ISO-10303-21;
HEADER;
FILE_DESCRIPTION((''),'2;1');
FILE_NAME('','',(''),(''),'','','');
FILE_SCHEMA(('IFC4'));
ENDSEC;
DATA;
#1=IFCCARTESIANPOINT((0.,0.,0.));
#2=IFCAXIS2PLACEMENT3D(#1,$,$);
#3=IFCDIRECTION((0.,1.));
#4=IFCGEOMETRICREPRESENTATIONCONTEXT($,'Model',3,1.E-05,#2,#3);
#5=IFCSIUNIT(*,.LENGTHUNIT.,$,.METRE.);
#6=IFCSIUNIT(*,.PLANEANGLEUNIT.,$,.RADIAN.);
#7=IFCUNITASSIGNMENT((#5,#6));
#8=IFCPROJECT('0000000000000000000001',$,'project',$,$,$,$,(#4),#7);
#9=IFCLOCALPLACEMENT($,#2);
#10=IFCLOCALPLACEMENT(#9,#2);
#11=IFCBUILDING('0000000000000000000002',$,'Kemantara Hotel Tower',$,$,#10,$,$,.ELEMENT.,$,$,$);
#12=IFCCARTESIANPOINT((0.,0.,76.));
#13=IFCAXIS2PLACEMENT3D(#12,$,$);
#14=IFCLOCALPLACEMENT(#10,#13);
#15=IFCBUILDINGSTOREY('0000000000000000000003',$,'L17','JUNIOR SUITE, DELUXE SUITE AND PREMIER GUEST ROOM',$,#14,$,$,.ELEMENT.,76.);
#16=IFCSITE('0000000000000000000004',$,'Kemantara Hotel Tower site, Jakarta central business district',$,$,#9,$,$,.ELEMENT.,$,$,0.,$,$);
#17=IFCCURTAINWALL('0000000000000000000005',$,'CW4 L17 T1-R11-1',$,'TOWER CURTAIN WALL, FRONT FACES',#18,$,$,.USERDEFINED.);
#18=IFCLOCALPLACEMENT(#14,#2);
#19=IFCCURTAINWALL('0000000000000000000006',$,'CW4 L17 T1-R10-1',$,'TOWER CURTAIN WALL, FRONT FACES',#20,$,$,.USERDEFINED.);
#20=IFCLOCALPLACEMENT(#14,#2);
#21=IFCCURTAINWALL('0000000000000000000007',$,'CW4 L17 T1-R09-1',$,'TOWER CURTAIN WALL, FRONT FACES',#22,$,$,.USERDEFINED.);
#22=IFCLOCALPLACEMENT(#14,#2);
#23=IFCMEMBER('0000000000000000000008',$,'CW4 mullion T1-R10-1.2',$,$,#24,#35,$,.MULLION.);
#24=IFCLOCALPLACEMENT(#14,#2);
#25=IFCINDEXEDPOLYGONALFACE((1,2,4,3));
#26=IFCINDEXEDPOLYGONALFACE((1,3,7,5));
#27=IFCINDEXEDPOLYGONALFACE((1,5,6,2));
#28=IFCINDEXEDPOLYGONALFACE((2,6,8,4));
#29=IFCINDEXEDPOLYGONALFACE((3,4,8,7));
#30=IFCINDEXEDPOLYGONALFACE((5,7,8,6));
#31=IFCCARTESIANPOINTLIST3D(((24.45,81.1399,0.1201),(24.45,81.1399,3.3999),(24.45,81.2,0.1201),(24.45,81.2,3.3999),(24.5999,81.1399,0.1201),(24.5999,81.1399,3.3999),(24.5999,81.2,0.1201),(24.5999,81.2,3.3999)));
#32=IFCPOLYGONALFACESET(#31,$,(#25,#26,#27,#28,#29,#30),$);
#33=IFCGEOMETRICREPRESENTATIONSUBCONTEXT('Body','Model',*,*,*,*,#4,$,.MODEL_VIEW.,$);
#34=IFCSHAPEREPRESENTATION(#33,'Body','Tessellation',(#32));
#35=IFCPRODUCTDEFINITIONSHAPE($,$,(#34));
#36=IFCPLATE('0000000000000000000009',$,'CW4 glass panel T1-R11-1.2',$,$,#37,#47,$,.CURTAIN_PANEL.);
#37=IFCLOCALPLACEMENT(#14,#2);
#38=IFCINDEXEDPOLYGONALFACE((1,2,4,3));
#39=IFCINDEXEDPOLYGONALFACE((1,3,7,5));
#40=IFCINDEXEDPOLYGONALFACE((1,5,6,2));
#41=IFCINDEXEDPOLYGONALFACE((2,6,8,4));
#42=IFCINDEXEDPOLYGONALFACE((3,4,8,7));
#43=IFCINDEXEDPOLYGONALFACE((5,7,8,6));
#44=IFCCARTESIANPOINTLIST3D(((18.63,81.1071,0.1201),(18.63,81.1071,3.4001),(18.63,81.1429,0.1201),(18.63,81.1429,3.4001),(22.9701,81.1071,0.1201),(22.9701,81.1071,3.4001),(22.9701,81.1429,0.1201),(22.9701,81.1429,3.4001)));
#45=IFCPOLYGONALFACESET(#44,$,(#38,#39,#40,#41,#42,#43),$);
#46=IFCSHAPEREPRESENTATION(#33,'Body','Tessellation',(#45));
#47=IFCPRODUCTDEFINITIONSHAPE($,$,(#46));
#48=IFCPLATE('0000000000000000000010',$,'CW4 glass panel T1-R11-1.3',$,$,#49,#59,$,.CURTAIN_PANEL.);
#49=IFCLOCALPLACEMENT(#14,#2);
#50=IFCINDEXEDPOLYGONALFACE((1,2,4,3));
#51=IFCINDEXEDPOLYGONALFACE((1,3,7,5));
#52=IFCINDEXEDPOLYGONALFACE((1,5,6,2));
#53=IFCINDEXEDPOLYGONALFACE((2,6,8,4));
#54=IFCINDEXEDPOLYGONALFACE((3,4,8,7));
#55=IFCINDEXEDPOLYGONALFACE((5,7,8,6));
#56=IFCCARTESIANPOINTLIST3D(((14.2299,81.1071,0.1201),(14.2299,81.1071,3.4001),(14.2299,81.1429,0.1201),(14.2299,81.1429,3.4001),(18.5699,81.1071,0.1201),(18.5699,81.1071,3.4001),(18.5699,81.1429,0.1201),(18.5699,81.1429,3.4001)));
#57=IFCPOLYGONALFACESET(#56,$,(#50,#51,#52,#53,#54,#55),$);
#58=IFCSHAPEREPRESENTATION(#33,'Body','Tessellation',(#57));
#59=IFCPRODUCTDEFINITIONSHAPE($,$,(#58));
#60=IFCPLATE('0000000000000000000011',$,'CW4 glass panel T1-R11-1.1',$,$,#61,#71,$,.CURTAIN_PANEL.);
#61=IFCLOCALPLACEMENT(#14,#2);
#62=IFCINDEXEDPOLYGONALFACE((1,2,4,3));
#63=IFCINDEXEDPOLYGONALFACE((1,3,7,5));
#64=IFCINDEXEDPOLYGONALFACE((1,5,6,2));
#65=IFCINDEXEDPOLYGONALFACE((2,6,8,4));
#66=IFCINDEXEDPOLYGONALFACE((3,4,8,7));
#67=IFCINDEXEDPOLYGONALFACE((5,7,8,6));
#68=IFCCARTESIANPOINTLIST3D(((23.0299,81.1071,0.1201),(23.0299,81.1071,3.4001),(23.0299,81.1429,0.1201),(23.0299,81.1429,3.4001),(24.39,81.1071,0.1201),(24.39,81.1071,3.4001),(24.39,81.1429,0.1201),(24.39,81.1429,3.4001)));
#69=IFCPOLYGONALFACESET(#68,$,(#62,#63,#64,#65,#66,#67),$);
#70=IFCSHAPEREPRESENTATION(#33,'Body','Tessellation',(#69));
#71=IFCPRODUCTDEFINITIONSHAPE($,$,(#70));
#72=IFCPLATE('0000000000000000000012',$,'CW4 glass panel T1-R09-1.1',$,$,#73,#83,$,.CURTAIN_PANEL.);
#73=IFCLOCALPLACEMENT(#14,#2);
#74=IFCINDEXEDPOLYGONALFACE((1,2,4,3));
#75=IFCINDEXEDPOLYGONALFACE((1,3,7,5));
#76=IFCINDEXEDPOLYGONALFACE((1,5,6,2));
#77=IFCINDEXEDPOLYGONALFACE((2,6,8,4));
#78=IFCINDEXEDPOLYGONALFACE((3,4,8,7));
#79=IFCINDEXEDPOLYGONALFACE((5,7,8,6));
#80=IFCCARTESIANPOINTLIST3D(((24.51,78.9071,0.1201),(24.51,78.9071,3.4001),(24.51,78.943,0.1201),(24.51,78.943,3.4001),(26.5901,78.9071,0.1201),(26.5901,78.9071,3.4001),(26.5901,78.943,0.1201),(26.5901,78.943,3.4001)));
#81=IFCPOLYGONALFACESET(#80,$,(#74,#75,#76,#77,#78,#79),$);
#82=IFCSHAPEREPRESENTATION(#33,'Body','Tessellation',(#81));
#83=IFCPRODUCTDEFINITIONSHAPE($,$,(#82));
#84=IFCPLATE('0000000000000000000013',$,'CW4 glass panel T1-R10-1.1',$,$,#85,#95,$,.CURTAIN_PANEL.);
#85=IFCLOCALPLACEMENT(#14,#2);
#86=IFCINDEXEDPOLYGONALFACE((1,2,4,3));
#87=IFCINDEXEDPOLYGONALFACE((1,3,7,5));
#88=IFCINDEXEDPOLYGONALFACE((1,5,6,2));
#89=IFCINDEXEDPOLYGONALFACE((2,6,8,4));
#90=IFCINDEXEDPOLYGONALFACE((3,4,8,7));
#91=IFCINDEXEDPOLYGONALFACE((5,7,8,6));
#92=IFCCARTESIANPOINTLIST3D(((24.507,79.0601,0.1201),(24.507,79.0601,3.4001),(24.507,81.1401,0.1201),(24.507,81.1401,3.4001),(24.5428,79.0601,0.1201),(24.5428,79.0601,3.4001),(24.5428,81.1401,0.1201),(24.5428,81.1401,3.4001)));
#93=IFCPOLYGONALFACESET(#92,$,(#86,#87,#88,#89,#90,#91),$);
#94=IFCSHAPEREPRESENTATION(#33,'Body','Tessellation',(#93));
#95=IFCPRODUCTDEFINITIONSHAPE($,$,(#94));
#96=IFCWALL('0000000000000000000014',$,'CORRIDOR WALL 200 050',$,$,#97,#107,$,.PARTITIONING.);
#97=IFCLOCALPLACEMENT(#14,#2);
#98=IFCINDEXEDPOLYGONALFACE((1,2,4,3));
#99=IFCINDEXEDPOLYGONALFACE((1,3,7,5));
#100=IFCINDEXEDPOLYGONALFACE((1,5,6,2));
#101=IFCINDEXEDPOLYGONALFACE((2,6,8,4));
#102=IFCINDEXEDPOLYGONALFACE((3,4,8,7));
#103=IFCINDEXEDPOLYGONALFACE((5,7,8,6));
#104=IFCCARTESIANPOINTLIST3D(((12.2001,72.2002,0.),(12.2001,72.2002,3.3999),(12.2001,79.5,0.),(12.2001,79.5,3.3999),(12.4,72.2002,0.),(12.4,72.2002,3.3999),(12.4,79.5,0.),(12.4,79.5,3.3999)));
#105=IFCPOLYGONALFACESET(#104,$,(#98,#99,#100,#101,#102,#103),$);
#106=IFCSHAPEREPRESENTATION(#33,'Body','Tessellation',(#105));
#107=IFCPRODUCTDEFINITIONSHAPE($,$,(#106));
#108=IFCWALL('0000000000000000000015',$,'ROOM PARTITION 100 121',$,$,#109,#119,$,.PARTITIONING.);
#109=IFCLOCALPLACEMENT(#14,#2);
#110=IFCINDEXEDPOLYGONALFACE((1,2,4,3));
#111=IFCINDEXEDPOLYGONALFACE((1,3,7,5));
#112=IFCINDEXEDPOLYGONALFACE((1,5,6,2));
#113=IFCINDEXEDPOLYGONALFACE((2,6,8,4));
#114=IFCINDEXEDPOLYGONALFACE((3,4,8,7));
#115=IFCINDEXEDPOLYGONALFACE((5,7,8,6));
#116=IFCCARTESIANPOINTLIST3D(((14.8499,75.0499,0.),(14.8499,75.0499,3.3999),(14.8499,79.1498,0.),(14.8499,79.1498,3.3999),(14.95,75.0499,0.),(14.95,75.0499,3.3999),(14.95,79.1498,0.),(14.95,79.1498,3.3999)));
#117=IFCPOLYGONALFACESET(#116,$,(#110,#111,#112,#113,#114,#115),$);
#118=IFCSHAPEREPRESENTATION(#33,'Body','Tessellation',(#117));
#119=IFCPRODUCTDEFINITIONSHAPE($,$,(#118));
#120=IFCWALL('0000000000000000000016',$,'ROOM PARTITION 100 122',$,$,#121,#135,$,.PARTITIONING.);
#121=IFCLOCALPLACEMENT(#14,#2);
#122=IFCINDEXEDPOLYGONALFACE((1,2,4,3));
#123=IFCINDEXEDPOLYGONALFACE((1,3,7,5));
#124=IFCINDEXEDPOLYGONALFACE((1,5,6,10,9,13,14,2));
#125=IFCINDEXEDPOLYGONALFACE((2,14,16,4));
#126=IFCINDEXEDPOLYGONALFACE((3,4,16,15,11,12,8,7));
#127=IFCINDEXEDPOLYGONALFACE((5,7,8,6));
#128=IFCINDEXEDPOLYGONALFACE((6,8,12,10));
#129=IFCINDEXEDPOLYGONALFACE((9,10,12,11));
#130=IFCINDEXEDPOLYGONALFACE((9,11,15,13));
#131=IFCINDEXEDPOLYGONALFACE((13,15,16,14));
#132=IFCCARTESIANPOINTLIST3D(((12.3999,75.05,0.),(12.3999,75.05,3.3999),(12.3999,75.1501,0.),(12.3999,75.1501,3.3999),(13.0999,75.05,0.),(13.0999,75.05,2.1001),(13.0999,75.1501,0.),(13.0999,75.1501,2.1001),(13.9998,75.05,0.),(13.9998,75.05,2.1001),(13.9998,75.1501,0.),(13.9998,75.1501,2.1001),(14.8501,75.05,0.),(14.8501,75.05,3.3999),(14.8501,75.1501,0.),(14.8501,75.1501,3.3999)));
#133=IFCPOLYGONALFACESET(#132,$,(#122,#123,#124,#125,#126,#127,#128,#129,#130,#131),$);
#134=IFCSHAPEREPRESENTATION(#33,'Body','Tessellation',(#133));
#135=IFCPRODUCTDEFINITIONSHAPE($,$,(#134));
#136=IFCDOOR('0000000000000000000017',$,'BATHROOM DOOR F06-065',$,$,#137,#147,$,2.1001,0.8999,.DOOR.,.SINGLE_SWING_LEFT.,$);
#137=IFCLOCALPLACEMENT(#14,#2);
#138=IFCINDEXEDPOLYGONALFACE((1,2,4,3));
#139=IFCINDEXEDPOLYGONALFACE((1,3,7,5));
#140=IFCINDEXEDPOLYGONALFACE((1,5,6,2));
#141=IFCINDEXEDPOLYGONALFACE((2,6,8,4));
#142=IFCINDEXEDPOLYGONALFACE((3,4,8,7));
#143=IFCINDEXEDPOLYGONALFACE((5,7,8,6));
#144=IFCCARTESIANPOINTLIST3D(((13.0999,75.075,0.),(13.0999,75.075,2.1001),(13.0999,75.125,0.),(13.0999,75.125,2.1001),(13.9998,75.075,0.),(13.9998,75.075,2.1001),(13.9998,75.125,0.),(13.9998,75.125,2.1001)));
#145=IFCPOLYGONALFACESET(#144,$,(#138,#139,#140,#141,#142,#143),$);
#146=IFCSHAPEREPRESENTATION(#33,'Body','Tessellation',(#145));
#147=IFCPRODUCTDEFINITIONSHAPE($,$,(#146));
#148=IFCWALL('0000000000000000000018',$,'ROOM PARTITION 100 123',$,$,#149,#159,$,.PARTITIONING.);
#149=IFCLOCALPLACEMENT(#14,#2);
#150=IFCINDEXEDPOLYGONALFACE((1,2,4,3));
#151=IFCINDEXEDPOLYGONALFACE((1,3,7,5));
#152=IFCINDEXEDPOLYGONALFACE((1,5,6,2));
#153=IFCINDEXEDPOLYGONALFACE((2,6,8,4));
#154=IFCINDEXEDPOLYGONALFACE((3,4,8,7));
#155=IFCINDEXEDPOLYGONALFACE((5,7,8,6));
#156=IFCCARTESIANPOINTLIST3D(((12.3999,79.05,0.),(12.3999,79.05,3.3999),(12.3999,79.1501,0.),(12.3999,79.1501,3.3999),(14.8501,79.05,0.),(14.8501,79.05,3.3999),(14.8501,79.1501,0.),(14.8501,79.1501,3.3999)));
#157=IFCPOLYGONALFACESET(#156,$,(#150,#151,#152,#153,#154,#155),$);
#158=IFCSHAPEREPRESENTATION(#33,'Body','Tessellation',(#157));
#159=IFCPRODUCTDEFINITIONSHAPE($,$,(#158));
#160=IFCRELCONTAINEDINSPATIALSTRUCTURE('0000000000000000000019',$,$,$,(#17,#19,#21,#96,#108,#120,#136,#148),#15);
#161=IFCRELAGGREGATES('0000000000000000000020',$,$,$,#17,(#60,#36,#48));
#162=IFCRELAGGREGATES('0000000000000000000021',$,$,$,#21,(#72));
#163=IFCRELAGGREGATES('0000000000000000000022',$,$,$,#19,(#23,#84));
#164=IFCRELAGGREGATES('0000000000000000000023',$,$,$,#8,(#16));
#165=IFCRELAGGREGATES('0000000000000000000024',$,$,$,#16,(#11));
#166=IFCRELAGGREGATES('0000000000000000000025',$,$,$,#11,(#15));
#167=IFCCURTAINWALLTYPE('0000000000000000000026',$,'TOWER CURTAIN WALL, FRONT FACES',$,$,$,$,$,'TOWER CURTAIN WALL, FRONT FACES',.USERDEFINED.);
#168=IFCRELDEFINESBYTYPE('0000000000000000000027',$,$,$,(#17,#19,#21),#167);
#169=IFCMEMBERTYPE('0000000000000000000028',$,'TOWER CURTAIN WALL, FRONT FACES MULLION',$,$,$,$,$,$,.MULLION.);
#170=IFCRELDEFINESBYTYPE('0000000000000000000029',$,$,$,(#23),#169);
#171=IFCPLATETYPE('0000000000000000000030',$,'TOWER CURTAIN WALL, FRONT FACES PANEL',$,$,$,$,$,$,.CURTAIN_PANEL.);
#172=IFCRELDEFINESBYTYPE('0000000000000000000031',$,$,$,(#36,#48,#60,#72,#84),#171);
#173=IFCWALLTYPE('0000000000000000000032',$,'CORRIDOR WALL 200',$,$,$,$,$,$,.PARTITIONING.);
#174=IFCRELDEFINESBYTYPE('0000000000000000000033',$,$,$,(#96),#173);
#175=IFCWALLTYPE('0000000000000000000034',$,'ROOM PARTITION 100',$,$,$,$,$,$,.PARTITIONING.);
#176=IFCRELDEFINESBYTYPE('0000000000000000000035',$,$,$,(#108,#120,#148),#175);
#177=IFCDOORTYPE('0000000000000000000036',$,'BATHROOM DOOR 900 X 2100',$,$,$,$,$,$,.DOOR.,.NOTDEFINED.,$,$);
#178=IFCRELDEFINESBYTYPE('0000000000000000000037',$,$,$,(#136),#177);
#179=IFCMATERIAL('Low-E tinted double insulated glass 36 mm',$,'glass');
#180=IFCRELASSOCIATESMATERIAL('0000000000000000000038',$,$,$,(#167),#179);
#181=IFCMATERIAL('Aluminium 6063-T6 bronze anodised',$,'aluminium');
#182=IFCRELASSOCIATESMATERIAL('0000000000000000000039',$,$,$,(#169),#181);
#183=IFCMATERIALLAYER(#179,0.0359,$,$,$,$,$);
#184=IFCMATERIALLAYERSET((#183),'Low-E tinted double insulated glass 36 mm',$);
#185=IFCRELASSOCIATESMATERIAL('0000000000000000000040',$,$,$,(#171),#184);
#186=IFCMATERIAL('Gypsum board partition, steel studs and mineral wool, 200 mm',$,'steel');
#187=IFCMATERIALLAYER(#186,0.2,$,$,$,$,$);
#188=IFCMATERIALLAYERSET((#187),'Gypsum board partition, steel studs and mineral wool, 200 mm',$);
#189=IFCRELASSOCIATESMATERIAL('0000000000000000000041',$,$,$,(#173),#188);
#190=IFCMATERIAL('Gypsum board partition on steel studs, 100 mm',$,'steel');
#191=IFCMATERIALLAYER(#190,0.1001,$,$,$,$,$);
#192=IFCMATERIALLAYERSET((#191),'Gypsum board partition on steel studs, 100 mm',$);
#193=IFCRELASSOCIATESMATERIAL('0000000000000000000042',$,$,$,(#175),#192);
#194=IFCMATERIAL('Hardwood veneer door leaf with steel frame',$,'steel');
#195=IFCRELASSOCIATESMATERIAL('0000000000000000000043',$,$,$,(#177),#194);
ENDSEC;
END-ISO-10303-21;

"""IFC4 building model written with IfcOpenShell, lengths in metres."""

from ifc_helpers import new_model, si_unit, direction, frame, frame_2d, origin, origin_2d, place, context, subcontext, project, spatial, rectangle, extrude, source, transform, mapped, material, layer, layer_set, material_profile, profile_set, type_object, element, fill, aggregate, save


model = new_model("IFC4")

# Units and contexts
model_context = context("Model", 3, precision=1e-05, world=origin(), true_north=direction((0.0, 1.0)))
body_context = subcontext(model_context, "Body", "Model", "MODEL_VIEW")
ifc_project = project(units=[si_unit("LENGTHUNIT", "METRE"), si_unit("PLANEANGLEUNIT", "RADIAN")], contexts=[model_context])

# Site, building, storey
site_placement = place(None, origin())
site = spatial("IfcSite", under=ifc_project, at=site_placement, Name="Kemantara Hotel Tower site, Jakarta central business district", CompositionType="ELEMENT", RefElevation=0.0)
building_placement = place(site_placement, origin())
building = spatial("IfcBuilding", under=site, at=building_placement, Name="Kemantara Hotel Tower", CompositionType="ELEMENT")
storey_placement = place(building_placement, frame((0.0, 0.0, 76.0)))
storey = spatial("IfcBuildingStorey", under=building, at=storey_placement, Name="L17", Description="JUNIOR SUITE, DELUXE SUITE AND PREMIER GUEST ROOM", CompositionType="ELEMENT", Elevation=76.0)

# Curtain walls
ifc_material_1 = material(Name="Low-E tinted double insulated glass 36 mm", Category="glass")
curtain_wall_type = type_object("IfcCurtainWallType", Name="TOWER CURTAIN WALL, FRONT FACES", ElementType="TOWER CURTAIN WALL, FRONT FACES", PredefinedType="USERDEFINED", material=ifc_material_1)
curtain_wall_1_placement = place(storey_placement, origin())
curtain_wall_1 = element("IfcCurtainWall", 1, at=curtain_wall_1_placement, inside=storey, type_object=curtain_wall_type, Name="CW4 L17 T1-R11-1", ObjectType="TOWER CURTAIN WALL, FRONT FACES", PredefinedType="USERDEFINED")
ifc_material_2 = material(Name="Aluminium 6063-T6 bronze anodised", Category="aluminium")
curtain_wall_2_placement = place(storey_placement, origin())
curtain_wall_2 = element("IfcCurtainWall", 2, at=curtain_wall_2_placement, inside=storey, type_object=curtain_wall_type, Name="CW4 L17 T1-R10-1", ObjectType="TOWER CURTAIN WALL, FRONT FACES", PredefinedType="USERDEFINED")

# Shared definitions
ifc_material_profile_1 = material_profile(ifc_material_2, rectangle(XDim=0.1499, YDim=0.0601, at=origin_2d()), Name="TOWER CURTAIN WALL, FRONT FACES MULLION")
ifc_profile_set_1 = profile_set([ifc_material_profile_1], Name="Aluminium 6063-T6 bronze anodised")
member_type_1 = type_object("IfcMemberType", Name="TOWER CURTAIN WALL, FRONT FACES MULLION", PredefinedType="MULLION", material=ifc_profile_set_1)
shared_shape_1 = source(origin(), body_context, "Body", "SweptSolid", [
    extrude(rectangle(XDim=0.1499, YDim=0.0601, at=origin_2d()), origin(), (0.0, 0.0, 1.0), 3.2798),
])

# Curtain wall
curtain_wall_3_placement = place(storey_placement, origin())
curtain_wall_3 = element("IfcCurtainWall", 3, at=curtain_wall_3_placement, inside=storey, type_object=curtain_wall_type, Name="CW4 L17 T1-R09-1", ObjectType="TOWER CURTAIN WALL, FRONT FACES", PredefinedType="USERDEFINED")

# Member
member_1_placement = place(storey_placement, frame((24.5249, 81.1699, 0.1201), z_axis=(0.0, 0.0, 1.0), x_axis=(-1.0, 0.0, 0.0)))
member_1 = element("IfcMember", 4, at=member_1_placement, type_object=member_type_1, Name="CW4 mullion T1-R10-1.2", PredefinedType="MULLION", context=body_context, shape_type="MappedRepresentation", body=[
    mapped(shared_shape_1, transform((0.0, 0.0, 0.0))),
])

# Plates
ifc_layer_1 = layer(ifc_material_1, 0.0359)
ifc_layer_set_1 = layer_set([ifc_layer_1], Name="Low-E tinted double insulated glass 36 mm")
plate_type = type_object("IfcPlateType", Name="TOWER CURTAIN WALL, FRONT FACES PANEL", PredefinedType="CURTAIN_PANEL", material=ifc_layer_set_1)
shared_shape_2 = source(origin(), body_context, "Body", "SweptSolid", [
    extrude(rectangle(XDim=4.3401, YDim=0.0359, at=origin_2d()), origin(), (0.0, 0.0, 1.0), 3.28),
])
plate_1_placement = place(storey_placement, frame((20.8, 81.125, 0.1201), z_axis=(0.0, 0.0, 1.0), x_axis=(-1.0, 0.0, 0.0)))
plate_1 = element("IfcPlate", 5, at=plate_1_placement, type_object=plate_type, Name="CW4 glass panel T1-R11-1.2", PredefinedType="CURTAIN_PANEL", context=body_context, shape_type="MappedRepresentation", body=[
    mapped(shared_shape_2, transform((0.0, 0.0, 0.0))),
])
plate_2_placement = place(storey_placement, frame((16.3999, 81.125, 0.1201), z_axis=(0.0, 0.0, 1.0), x_axis=(-1.0, 0.0, 0.0)))
plate_2 = element("IfcPlate", 6, at=plate_2_placement, type_object=plate_type, Name="CW4 glass panel T1-R11-1.3", PredefinedType="CURTAIN_PANEL", context=body_context, shape_type="MappedRepresentation", body=[
    mapped(shared_shape_2, transform((0.0, 0.0, 0.0))),
])
shared_shape_3 = source(origin(), body_context, "Body", "SweptSolid", [
    extrude(rectangle(XDim=1.3601, YDim=0.0359, at=origin_2d()), origin(), (0.0, 0.0, 1.0), 3.28),
])
plate_3_placement = place(storey_placement, frame((23.71, 81.125, 0.1201), z_axis=(0.0, 0.0, 1.0), x_axis=(-1.0, 0.0, 0.0)))
plate_3 = element("IfcPlate", 7, at=plate_3_placement, type_object=plate_type, Name="CW4 glass panel T1-R11-1.1", PredefinedType="CURTAIN_PANEL", context=body_context, shape_type="MappedRepresentation", body=[
    mapped(shared_shape_3, transform((0.0, 0.0, 0.0))),
])
aggregate(curtain_wall_1, [plate_3, plate_1, plate_2])
shared_shape_4 = source(origin(), body_context, "Body", "SweptSolid", [
    extrude(rectangle(XDim=2.0801, YDim=0.0359, at=origin_2d()), origin(), (0.0, 0.0, 1.0), 3.28),
])
plate_4_placement = place(storey_placement, frame((25.55, 78.925, 0.1201), z_axis=(0.0, 0.0, 1.0), x_axis=(-1.0, 0.0, 0.0)))
plate_4 = element("IfcPlate", 8, at=plate_4_placement, type_object=plate_type, Name="CW4 glass panel T1-R09-1.1", PredefinedType="CURTAIN_PANEL", context=body_context, shape_type="MappedRepresentation", body=[
    mapped(shared_shape_4, transform((0.0, 0.0, 0.0))),
])
aggregate(curtain_wall_3, [plate_4])
plate_5_placement = place(storey_placement, frame((24.5249, 80.1001, 0.1201), z_axis=(0.0, 0.0, 1.0), x_axis=(0.0, 1.0, 0.0)))
plate_5 = element("IfcPlate", 9, at=plate_5_placement, type_object=plate_type, Name="CW4 glass panel T1-R10-1.1", PredefinedType="CURTAIN_PANEL", context=body_context, shape_type="MappedRepresentation", body=[
    mapped(shared_shape_4, transform((0.0, 0.0, 0.0))),
])
aggregate(curtain_wall_2, [member_1, plate_5])

# Walls
ifc_material_3 = material(Name="Gypsum board partition, steel studs and mineral wool, 200 mm", Category="steel")
ifc_layer_2 = layer(ifc_material_3, 0.2)
ifc_layer_set_2 = layer_set([ifc_layer_2], Name="Gypsum board partition, steel studs and mineral wool, 200 mm")
wall_type_1 = type_object("IfcWallType", Name="CORRIDOR WALL 200", PredefinedType="PARTITIONING", material=ifc_layer_set_2)
wall_1_placement = place(storey_placement, frame((12.3, 72.2002, 0.0), z_axis=(0.0, 0.0, 1.0), x_axis=(0.0, 1.0, 0.0)))
element("IfcWall", 10, at=wall_1_placement, inside=storey, type_object=wall_type_1, Name="CORRIDOR WALL 200 050", PredefinedType="PARTITIONING", context=body_context, shape_type="SweptSolid", body=[
    extrude(rectangle(XDim=7.2998, YDim=0.2, at=frame_2d((3.6499, 0.0))), origin(), (0.0, 0.0, 1.0), 3.3999),
])
ifc_material_4 = material(Name="Gypsum board partition on steel studs, 100 mm", Category="steel")
ifc_layer_3 = layer(ifc_material_4, 0.1001)
ifc_layer_set_3 = layer_set([ifc_layer_3], Name="Gypsum board partition on steel studs, 100 mm")
wall_type_2 = type_object("IfcWallType", Name="ROOM PARTITION 100", PredefinedType="PARTITIONING", material=ifc_layer_set_3)
wall_2_placement = place(storey_placement, frame((14.8999, 75.05, 0.0), z_axis=(0.0, 0.0, 1.0), x_axis=(0.0, 1.0, 0.0)))
element("IfcWall", 11, at=wall_2_placement, inside=storey, type_object=wall_type_2, Name="ROOM PARTITION 100 121", PredefinedType="PARTITIONING", context=body_context, shape_type="SweptSolid", body=[
    extrude(rectangle(XDim=4.0999, YDim=0.1001, at=frame_2d((2.0498, 0.0))), origin(), (0.0, 0.0, 1.0), 3.3999),
])

# Wall, opening, door
wall_3_placement = place(storey_placement, frame((12.3999, 75.1001, 0.0), z_axis=(0.0, 0.0, 1.0), x_axis=(1.0, 0.0, 0.0)))
wall_3 = element("IfcWall", 12, at=wall_3_placement, inside=storey, type_object=wall_type_2, Name="ROOM PARTITION 100 122", PredefinedType="PARTITIONING", context=body_context, shape_type="SweptSolid", body=[
    extrude(rectangle(XDim=2.4502, YDim=0.1001, at=frame_2d((1.2251, 0.0))), origin(), (0.0, 0.0, 1.0), 3.3999),
])
opening_placement = place(wall_3_placement, frame((0.7, 0.0, 0.0)))
opening = element("IfcOpeningElement", 13, at=opening_placement, cuts=wall_3, PredefinedType="OPENING", context=body_context, shape_type="SweptSolid", body=[
    extrude(rectangle(XDim=0.8999, YDim=2.1001, at=frame_2d((0.45, 1.05))), frame((0.0, 0.0601, 0.0), z_axis=(0.0, -1.0, 0.0), x_axis=(1.0, 0.0, 0.0)), (0.0, 0.0, 1.0), 0.1201),
])
ifc_material_5 = material(Name="Hardwood veneer door leaf with steel frame", Category="steel")
door_type = type_object("IfcDoorType", Name="BATHROOM DOOR 900 X 2100", OperationType="NOTDEFINED", PredefinedType="DOOR", material=ifc_material_5)
door_placement = place(opening_placement, origin())
door = element("IfcDoor", 14, at=door_placement, inside=storey, type_object=door_type, Name="BATHROOM DOOR F06-065", OperationType="SINGLE_SWING_LEFT", OverallHeight=2.1001, OverallWidth=0.8999, PredefinedType="DOOR", context=body_context, shape_type="SweptSolid", body=[
    extrude(rectangle(XDim=0.8999, YDim=2.1001, at=frame_2d((0.45, 1.05))), frame((0.0, 0.0249, 0.0), z_axis=(0.0, -1.0, 0.0), x_axis=(1.0, 0.0, 0.0)), (0.0, 0.0, 1.0), 0.05),
])
fill(opening, door)

# Wall
wall_4_placement = place(storey_placement, frame((12.3999, 79.1001, 0.0), z_axis=(0.0, 0.0, 1.0), x_axis=(1.0, 0.0, 0.0)))
element("IfcWall", 15, at=wall_4_placement, inside=storey, type_object=wall_type_2, Name="ROOM PARTITION 100 123", PredefinedType="PARTITIONING", context=body_context, shape_type="SweptSolid", body=[
    extrude(rectangle(XDim=2.4502, YDim=0.1001, at=frame_2d((1.2251, 0.0))), origin(), (0.0, 0.0, 1.0), 3.3999),
])

save(model, "model.ifc")
